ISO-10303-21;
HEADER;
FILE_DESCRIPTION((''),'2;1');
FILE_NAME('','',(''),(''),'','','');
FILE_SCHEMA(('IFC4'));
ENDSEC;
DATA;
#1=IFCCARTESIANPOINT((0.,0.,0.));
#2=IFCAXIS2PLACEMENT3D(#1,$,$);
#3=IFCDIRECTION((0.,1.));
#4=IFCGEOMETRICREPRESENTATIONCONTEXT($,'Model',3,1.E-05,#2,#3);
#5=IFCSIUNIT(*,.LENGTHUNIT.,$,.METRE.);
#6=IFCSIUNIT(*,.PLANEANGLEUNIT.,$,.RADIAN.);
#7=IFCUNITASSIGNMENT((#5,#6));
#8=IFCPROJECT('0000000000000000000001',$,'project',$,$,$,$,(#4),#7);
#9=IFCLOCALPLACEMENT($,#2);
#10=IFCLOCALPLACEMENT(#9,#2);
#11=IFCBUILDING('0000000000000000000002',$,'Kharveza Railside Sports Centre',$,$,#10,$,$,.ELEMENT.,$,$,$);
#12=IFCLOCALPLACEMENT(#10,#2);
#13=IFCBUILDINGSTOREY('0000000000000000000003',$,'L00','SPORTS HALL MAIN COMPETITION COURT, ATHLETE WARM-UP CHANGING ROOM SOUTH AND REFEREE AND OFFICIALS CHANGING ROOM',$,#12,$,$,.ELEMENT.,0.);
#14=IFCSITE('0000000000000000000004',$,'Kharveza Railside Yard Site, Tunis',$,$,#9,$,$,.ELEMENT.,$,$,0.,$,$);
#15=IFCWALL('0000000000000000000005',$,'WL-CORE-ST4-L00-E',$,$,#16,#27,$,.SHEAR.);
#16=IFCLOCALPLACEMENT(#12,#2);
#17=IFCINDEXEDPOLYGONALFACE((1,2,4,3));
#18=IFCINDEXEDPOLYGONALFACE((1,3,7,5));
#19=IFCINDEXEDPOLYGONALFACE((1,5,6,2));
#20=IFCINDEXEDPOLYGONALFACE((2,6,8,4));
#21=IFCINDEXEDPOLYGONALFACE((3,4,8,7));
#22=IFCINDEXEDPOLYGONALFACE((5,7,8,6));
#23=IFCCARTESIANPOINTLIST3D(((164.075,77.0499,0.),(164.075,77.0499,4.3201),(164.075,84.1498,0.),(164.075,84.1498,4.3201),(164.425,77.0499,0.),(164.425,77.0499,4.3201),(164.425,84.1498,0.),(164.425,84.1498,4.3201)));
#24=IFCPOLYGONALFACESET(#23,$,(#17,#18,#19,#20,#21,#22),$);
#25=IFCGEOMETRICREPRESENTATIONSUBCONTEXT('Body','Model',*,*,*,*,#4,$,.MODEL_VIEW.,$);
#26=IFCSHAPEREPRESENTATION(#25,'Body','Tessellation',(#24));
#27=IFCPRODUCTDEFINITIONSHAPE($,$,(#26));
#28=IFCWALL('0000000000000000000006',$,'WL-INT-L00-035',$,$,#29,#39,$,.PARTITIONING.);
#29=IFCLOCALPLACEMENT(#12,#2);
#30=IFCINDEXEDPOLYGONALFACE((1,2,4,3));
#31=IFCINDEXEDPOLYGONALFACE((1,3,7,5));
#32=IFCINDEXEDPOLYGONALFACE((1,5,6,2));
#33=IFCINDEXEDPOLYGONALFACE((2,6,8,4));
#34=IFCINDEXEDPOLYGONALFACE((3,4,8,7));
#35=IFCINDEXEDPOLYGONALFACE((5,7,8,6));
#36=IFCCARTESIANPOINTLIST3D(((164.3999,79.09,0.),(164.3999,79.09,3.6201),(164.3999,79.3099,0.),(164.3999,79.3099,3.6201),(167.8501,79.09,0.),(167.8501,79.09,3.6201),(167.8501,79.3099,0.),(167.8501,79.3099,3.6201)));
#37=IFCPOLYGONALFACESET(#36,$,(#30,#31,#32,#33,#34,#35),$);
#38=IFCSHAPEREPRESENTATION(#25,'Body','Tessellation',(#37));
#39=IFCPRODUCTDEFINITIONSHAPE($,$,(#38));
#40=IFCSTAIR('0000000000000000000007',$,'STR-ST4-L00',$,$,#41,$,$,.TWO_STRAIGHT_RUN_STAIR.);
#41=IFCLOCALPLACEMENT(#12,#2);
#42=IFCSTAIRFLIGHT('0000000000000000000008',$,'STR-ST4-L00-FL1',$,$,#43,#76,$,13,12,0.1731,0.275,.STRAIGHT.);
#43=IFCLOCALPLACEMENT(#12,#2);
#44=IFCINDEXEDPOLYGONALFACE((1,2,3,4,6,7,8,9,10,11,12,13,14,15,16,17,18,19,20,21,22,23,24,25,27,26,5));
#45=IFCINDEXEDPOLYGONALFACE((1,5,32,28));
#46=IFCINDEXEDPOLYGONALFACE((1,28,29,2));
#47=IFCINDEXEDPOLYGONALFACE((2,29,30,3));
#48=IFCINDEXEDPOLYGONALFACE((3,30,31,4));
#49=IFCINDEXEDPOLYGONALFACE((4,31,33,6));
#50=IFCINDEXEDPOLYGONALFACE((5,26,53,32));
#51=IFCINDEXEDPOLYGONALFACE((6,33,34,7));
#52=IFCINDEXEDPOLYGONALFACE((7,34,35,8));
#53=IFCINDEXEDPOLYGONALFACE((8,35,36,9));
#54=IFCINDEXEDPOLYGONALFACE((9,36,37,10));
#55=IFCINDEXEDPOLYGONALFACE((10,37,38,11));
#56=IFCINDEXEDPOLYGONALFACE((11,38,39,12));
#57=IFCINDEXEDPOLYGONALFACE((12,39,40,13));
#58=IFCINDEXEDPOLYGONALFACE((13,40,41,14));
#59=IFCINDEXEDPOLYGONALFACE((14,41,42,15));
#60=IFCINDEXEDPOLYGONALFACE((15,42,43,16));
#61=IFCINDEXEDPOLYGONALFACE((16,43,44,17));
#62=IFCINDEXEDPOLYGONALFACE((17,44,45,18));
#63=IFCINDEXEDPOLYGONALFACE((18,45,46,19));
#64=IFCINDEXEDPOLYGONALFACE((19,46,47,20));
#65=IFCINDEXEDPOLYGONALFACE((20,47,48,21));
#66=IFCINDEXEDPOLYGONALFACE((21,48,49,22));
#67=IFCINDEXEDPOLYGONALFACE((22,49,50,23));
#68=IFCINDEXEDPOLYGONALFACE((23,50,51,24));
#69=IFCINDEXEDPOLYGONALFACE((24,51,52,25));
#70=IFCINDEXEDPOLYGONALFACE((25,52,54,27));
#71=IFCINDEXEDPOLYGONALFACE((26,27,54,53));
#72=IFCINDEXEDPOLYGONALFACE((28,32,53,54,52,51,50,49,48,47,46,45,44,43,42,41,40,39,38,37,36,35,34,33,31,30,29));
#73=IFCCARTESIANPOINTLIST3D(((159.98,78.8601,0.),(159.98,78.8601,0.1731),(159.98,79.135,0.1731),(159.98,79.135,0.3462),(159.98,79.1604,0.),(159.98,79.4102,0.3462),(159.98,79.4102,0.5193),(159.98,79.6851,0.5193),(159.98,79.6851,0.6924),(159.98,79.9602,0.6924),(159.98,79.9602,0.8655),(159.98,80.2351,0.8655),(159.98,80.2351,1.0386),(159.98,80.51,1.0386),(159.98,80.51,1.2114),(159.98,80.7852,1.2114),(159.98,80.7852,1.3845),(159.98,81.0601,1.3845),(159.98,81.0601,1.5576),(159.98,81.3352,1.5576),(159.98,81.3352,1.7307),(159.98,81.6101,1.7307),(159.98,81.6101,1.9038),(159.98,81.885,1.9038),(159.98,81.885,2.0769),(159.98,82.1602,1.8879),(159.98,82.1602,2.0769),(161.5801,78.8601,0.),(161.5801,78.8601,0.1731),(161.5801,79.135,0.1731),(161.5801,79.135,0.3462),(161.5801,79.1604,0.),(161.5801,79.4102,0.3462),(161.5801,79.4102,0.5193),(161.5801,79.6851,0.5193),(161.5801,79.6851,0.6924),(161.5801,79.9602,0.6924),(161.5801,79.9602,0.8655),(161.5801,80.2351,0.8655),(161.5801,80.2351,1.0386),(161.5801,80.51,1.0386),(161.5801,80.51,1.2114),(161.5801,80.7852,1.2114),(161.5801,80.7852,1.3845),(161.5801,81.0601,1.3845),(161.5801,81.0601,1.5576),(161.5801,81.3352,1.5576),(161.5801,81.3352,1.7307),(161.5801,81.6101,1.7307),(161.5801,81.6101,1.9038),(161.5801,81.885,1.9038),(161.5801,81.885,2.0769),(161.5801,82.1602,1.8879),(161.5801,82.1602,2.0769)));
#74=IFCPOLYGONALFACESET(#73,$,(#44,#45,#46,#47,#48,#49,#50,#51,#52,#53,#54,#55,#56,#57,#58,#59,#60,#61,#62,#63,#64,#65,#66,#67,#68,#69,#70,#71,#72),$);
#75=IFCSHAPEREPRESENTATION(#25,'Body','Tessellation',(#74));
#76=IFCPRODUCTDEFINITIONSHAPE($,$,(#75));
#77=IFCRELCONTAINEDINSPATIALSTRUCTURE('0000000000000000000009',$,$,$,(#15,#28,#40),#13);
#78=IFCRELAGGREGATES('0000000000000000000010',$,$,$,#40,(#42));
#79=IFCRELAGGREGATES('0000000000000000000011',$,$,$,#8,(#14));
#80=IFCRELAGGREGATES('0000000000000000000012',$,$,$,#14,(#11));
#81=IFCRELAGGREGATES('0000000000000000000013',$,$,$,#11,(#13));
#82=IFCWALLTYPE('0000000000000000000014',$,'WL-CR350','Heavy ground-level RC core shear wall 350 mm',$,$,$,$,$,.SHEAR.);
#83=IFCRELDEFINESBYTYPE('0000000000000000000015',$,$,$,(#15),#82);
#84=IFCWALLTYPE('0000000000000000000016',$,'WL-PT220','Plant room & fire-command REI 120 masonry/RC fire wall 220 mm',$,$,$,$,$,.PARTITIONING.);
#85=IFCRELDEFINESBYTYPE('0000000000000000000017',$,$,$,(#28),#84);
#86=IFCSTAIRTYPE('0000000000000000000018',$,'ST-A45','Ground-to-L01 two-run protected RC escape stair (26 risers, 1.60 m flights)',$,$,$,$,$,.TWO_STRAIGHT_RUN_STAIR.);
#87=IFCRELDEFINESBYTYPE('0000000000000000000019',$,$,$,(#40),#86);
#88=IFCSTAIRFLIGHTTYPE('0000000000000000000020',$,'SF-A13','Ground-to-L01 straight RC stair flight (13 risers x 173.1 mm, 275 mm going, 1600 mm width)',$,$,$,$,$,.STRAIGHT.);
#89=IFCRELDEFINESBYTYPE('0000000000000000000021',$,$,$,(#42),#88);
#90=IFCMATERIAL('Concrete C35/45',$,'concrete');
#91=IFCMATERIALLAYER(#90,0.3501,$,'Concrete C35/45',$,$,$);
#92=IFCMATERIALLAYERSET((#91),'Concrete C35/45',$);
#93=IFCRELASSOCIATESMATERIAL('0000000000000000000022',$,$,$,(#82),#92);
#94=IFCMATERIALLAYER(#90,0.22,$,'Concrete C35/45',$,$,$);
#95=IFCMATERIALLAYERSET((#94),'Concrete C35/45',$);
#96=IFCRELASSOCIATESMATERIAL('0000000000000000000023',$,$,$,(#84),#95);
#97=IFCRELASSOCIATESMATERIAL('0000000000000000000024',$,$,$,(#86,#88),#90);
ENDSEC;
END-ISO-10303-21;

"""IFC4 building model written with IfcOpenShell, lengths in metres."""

from ifc_helpers import new_model, si_unit, direction, frame, frame_2d, origin, place, context, subcontext, project, spatial, polyline, rectangle, outline, extrude, material, layer, layer_set, type_object, element, aggregate, save


model = new_model("IFC4")

# Units and contexts
model_context = context("Model", 3, precision=1e-05, world=origin(), true_north=direction((0.0, 1.0)))
body_context = subcontext(model_context, "Body", "Model", "MODEL_VIEW")
ifc_project = project(units=[si_unit("LENGTHUNIT", "METRE"), si_unit("PLANEANGLEUNIT", "RADIAN")], contexts=[model_context])

# Site, building, storey
site_placement = place(None, origin())
site = spatial("IfcSite", under=ifc_project, at=site_placement, Name="Kharveza Railside Yard Site, Tunis", CompositionType="ELEMENT", RefElevation=0.0)
building_placement = place(site_placement, origin())
building = spatial("IfcBuilding", under=site, at=building_placement, Name="Kharveza Railside Sports Centre", CompositionType="ELEMENT")
storey_placement = place(building_placement, origin())
storey = spatial("IfcBuildingStorey", under=building, at=storey_placement, Name="L00", Description="SPORTS HALL MAIN COMPETITION COURT, ATHLETE WARM-UP CHANGING ROOM SOUTH AND REFEREE AND OFFICIALS CHANGING ROOM", CompositionType="ELEMENT", Elevation=0.0)

# Shared definitions
ifc_material_1 = material(Name="Concrete C35/45", Category="concrete")

# Walls
ifc_layer_1 = layer(ifc_material_1, 0.3501, Name="Concrete C35/45")
ifc_layer_set_1 = layer_set([ifc_layer_1], Name="Concrete C35/45")
wall_type_1 = type_object("IfcWallType", Name="WL-CR350", Description="Heavy ground-level RC core shear wall 350 mm", PredefinedType="SHEAR", material=ifc_layer_set_1)
wall_1_placement = place(storey_placement, frame((164.25, 77.05, 0.0), z_axis=(0.0, 0.0, 1.0), x_axis=(0.0, 1.0, 0.0)))
element("IfcWall", 1, at=wall_1_placement, inside=storey, type_object=wall_type_1, Name="WL-CORE-ST4-L00-E", PredefinedType="SHEAR", context=body_context, shape_type="SweptSolid", body=[
    extrude(rectangle(XDim=7.0999, YDim=0.3501, at=frame_2d((3.5498, 0.0))), origin(), (0.0, 0.0, 1.0), 4.3201),
])
ifc_layer_2 = layer(ifc_material_1, 0.22, Name="Concrete C35/45")
ifc_layer_set_2 = layer_set([ifc_layer_2], Name="Concrete C35/45")
wall_type_2 = type_object("IfcWallType", Name="WL-PT220", Description="Plant room & fire-command REI 120 masonry/RC fire wall 220 mm", PredefinedType="PARTITIONING", material=ifc_layer_set_2)
wall_2_placement = place(storey_placement, frame((164.3999, 79.2, 0.0), z_axis=(0.0, 0.0, 1.0), x_axis=(1.0, 0.0, 0.0)))
element("IfcWall", 2, at=wall_2_placement, inside=storey, type_object=wall_type_2, Name="WL-INT-L00-035", PredefinedType="PARTITIONING", context=body_context, shape_type="SweptSolid", body=[
    extrude(rectangle(XDim=3.4502, YDim=0.22, at=frame_2d((1.7251, 0.0))), origin(), (0.0, 0.0, 1.0), 3.6201),
])

# Stair, stair flight
stair_type = type_object("IfcStairType", Name="ST-A45", Description="Ground-to-L01 two-run protected RC escape stair (26 risers, 1.60 m flights)", PredefinedType="TWO_STRAIGHT_RUN_STAIR", material=ifc_material_1)
stair_placement = place(storey_placement, origin())
stair = element("IfcStair", 3, at=stair_placement, inside=storey, type_object=stair_type, Name="STR-ST4-L00", PredefinedType="TWO_STRAIGHT_RUN_STAIR")
stair_flight_type = type_object("IfcStairFlightType", Name="SF-A13", Description="Ground-to-L01 straight RC stair flight (13 risers x 173.1 mm, 275 mm going, 1600 mm width)", PredefinedType="STRAIGHT", material=ifc_material_1)
stair_flight_placement = place(storey_placement, frame((160.78, 78.8601, 0.0), z_axis=(0.0, 0.0, 1.0), x_axis=(0.0, 1.0, 0.0)))
stair_flight = element("IfcStairFlight", 4, at=stair_flight_placement, type_object=stair_flight_type, Name="STR-ST4-L00-FL1", NumberOfRisers=13, NumberOfTreads=12, PredefinedType="STRAIGHT", RiserHeight=0.1731, TreadLength=0.275, context=body_context, shape_type="SweptSolid", body=[
    extrude(outline(polyline([(0.0, 0.0), (0.0, 0.1731), (0.2749, 0.1731), (0.2749, 0.3462), (0.55, 0.3462), (0.55, 0.5193), (0.825, 0.5193), (0.825, 0.6924), (1.1001, 0.6924), (1.1001, 0.8655), (1.375, 0.8655), (1.375, 1.0386), (1.6499, 1.0386), (1.6499, 1.2114), (1.925, 1.2114), (1.925, 1.3845), (2.2, 1.3845), (2.2, 1.5576), (2.4751, 1.5576), (2.4751, 1.7307), (2.75, 1.7307), (2.75, 1.9038), (3.0249, 1.9038), (3.0249, 2.0769), (3.3, 2.0769), (3.3, 2.25), (3.3, 1.8879), (0.3003, 0.0), (0.0, 0.0)])), frame((0.0, 0.8, 0.0), z_axis=(0.0, -1.0, 0.0), x_axis=(1.0, 0.0, 0.0)), (0.0, 0.0, 1.0), 1.6001),
])
aggregate(stair, [stair_flight])

save(model, "model.ifc")
